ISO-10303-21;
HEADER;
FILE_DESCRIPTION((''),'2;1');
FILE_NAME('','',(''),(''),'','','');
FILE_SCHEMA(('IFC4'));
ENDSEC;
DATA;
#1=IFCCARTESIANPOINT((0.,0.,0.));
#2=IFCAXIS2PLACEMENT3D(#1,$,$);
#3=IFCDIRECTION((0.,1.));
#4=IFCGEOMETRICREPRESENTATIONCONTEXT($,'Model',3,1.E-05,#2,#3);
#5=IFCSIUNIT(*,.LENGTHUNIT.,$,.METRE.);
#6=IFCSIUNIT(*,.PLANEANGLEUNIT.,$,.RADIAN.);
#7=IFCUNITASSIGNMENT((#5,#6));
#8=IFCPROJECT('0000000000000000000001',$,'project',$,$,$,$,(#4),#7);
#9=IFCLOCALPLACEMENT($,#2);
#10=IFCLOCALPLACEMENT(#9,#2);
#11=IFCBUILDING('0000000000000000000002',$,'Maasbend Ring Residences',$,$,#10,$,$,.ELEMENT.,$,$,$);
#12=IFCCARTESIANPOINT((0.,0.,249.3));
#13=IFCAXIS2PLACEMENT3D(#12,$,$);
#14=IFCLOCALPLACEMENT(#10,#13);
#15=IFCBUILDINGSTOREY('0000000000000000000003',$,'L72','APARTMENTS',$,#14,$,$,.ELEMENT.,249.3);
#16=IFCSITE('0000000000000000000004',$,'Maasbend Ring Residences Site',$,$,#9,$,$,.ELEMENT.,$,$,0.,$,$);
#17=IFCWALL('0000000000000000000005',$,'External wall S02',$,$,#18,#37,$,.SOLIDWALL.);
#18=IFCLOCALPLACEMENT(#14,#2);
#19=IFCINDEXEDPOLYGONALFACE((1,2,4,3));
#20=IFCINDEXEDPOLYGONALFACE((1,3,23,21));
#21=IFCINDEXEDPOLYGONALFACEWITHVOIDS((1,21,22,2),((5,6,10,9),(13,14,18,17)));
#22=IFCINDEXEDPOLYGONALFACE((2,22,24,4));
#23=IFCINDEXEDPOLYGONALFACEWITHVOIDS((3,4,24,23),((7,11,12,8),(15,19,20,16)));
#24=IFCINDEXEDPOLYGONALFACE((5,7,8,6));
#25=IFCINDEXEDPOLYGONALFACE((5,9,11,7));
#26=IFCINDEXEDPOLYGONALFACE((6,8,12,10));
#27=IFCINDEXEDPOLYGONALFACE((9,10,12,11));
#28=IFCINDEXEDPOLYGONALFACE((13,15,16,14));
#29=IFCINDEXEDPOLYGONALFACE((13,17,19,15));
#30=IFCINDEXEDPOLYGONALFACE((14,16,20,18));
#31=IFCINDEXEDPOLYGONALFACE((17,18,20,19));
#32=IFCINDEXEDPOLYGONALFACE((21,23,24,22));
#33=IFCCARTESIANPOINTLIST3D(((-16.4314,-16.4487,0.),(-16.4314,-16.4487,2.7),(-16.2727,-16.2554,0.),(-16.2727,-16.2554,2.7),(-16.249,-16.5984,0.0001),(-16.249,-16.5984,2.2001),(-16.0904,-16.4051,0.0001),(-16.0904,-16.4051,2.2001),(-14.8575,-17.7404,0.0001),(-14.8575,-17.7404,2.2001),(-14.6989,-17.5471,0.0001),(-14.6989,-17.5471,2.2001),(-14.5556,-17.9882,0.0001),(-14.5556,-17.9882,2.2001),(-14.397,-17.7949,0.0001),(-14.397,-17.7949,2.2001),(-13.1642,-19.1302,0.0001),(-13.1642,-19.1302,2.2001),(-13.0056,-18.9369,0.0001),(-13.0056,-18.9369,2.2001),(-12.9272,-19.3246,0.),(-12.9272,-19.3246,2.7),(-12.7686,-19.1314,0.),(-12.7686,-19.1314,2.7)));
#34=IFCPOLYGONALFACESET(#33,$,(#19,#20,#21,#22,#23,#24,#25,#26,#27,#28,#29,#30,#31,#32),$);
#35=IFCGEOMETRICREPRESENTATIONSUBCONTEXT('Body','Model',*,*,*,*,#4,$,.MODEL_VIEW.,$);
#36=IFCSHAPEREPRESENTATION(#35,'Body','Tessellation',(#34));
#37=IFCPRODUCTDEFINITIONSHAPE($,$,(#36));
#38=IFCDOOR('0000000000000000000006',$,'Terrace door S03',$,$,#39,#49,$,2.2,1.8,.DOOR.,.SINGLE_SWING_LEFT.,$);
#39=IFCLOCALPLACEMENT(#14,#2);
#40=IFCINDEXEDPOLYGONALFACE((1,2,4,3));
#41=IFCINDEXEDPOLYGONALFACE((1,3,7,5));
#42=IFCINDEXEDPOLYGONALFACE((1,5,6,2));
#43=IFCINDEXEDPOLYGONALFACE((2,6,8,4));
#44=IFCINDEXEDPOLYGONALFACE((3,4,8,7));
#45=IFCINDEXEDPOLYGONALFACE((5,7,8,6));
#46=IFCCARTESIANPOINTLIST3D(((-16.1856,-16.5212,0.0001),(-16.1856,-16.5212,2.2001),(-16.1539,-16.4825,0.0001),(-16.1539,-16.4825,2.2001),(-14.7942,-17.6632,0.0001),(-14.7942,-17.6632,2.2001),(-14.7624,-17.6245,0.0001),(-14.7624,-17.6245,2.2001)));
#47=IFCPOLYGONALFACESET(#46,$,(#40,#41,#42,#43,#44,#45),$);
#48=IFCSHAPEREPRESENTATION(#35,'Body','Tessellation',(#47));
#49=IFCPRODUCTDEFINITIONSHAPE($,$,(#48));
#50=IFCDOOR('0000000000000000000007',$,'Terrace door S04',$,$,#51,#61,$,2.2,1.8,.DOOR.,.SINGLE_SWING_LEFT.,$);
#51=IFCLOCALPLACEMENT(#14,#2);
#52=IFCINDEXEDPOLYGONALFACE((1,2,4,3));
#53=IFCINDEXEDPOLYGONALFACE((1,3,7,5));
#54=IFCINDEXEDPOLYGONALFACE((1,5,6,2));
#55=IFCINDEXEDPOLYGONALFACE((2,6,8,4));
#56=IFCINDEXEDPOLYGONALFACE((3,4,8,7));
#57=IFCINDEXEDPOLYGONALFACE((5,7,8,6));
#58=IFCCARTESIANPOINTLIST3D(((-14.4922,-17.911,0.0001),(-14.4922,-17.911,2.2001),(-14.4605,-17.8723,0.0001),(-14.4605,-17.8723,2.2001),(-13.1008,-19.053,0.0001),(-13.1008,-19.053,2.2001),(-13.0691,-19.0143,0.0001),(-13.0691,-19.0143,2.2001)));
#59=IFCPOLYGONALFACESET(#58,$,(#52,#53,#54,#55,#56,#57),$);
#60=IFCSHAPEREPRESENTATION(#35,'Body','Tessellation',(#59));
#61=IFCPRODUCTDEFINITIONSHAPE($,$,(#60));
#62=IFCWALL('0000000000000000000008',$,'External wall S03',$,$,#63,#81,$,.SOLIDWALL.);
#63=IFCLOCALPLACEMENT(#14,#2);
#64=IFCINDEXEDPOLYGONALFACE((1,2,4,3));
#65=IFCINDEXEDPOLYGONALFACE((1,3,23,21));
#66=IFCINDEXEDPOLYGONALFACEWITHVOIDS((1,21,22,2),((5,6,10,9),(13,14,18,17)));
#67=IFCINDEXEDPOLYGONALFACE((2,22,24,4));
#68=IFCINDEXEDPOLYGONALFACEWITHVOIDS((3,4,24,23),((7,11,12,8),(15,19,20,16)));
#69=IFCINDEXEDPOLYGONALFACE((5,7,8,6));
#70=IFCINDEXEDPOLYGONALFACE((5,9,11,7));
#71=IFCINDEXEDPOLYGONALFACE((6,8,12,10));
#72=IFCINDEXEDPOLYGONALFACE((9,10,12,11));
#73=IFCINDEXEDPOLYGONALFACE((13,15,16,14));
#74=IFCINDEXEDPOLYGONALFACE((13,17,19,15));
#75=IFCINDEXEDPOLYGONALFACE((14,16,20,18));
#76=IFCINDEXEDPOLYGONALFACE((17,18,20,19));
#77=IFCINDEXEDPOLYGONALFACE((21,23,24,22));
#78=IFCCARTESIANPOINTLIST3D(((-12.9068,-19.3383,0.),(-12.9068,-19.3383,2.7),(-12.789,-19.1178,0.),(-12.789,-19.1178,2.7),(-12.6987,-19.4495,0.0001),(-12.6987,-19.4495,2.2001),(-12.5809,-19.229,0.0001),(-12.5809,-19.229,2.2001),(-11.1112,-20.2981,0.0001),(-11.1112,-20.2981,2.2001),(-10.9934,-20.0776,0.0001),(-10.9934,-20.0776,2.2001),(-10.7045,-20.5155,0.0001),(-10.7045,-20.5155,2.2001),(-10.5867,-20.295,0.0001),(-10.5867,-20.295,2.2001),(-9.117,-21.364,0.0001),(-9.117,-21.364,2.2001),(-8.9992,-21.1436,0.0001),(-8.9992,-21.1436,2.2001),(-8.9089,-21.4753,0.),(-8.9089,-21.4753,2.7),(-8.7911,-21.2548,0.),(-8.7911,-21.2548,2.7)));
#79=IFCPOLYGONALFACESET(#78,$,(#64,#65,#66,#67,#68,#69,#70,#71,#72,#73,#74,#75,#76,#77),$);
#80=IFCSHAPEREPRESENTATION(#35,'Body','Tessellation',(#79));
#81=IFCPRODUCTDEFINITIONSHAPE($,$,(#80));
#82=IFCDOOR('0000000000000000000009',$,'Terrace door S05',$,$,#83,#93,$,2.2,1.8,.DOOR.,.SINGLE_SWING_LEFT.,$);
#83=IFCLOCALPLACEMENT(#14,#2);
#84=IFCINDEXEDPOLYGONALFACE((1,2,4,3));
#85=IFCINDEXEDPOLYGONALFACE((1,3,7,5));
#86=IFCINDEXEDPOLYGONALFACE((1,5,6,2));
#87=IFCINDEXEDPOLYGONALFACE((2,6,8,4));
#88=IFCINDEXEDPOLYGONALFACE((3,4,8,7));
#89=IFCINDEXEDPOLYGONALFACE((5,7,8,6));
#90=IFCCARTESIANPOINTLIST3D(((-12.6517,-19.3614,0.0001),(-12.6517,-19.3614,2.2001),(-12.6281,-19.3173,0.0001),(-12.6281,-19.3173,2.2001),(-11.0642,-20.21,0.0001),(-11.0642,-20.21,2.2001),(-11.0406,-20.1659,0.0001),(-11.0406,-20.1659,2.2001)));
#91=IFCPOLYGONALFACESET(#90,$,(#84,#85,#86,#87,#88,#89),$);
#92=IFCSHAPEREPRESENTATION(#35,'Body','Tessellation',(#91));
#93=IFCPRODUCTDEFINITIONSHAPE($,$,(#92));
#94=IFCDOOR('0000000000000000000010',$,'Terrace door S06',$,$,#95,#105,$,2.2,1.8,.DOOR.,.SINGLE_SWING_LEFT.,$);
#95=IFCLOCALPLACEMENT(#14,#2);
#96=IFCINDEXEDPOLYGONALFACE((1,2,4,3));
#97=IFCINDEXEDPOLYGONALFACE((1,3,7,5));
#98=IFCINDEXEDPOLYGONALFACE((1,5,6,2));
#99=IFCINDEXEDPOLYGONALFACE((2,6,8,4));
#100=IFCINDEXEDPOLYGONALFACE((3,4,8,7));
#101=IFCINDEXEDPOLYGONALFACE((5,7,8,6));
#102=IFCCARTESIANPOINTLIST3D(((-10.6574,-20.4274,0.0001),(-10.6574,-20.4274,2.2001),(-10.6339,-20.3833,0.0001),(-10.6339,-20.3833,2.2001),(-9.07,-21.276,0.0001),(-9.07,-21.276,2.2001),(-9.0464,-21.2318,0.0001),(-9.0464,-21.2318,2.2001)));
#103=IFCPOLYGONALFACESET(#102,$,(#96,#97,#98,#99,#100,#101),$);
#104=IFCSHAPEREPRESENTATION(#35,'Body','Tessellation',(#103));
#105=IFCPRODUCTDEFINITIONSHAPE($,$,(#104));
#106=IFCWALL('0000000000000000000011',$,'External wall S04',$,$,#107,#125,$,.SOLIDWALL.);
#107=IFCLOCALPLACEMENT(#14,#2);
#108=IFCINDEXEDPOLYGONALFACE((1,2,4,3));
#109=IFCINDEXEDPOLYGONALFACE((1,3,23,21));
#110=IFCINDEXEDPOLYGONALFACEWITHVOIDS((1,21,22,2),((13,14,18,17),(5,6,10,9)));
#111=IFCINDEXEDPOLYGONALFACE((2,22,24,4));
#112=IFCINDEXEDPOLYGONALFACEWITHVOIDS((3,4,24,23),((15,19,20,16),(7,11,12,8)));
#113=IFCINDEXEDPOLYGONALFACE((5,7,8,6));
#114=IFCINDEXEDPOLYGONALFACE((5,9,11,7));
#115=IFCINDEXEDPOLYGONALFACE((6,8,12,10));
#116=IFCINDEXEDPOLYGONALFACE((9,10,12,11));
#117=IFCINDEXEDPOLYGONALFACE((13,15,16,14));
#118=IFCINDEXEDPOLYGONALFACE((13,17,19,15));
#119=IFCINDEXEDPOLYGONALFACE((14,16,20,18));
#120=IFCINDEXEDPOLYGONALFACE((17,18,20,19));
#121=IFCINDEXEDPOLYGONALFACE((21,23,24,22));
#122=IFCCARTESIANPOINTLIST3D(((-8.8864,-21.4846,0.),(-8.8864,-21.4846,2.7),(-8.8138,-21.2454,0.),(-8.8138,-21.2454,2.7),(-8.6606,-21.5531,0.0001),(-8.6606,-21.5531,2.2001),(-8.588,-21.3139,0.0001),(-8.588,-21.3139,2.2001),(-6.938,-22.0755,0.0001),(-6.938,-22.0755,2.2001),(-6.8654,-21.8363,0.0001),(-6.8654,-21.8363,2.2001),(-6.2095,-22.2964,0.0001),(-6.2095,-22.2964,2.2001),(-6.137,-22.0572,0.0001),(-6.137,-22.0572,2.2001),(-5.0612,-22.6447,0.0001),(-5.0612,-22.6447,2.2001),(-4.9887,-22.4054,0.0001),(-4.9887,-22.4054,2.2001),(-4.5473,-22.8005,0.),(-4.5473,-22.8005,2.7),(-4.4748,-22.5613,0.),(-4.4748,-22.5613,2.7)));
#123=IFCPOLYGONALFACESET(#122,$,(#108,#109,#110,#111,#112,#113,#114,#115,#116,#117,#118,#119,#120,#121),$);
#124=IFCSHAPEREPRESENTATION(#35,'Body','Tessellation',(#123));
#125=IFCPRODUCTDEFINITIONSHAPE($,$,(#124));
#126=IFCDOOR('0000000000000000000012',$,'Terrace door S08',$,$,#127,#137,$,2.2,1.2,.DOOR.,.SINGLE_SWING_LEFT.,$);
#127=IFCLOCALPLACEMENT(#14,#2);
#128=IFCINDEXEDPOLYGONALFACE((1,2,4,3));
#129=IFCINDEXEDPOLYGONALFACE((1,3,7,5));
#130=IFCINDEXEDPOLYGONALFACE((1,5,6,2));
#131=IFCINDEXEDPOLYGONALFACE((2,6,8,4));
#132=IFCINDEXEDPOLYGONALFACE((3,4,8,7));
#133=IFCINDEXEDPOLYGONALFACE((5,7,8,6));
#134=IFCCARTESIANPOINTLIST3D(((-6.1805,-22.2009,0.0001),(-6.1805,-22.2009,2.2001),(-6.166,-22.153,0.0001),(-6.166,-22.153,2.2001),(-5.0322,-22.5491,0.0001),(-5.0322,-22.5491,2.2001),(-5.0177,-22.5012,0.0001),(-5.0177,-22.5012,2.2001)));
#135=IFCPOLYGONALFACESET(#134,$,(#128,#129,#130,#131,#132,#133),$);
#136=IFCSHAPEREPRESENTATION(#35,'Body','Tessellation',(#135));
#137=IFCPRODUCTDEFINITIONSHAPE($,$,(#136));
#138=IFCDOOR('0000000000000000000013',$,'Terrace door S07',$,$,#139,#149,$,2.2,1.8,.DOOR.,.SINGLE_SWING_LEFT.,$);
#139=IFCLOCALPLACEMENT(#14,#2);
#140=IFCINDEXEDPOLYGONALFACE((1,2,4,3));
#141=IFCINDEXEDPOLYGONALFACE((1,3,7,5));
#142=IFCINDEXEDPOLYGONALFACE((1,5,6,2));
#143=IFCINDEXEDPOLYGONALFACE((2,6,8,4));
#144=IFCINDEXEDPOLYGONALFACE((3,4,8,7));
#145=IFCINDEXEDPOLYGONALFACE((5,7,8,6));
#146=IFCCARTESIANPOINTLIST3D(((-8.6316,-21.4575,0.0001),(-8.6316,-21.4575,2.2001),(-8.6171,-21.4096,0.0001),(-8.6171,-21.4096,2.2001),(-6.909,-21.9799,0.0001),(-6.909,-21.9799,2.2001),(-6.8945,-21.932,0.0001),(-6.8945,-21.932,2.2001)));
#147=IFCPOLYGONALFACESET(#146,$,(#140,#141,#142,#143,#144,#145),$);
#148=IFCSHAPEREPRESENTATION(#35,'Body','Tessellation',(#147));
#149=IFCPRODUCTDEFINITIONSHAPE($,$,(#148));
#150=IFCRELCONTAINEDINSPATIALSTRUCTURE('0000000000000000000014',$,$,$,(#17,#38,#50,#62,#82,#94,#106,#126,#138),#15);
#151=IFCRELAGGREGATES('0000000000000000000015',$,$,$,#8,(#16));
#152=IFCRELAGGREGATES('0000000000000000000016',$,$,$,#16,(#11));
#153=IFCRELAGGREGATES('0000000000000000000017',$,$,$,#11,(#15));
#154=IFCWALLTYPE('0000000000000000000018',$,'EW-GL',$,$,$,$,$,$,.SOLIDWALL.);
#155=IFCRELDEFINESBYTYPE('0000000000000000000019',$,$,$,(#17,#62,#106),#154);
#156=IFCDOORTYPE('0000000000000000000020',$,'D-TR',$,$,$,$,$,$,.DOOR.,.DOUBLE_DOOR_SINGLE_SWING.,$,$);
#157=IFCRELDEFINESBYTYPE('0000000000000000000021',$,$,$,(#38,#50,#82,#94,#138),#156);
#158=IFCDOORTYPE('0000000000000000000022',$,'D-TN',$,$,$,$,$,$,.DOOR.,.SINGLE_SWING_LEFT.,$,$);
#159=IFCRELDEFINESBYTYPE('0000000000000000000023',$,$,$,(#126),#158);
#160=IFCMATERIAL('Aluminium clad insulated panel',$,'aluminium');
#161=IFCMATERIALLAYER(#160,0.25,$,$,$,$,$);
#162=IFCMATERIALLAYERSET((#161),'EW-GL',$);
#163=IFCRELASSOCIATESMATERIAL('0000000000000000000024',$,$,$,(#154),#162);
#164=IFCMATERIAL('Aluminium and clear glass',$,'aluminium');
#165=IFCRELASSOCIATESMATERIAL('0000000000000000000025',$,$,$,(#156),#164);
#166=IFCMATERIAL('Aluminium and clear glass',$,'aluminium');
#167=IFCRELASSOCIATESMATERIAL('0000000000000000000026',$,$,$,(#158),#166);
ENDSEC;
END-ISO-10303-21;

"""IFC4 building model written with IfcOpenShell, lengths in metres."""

from ifc_helpers import new_model, si_unit, direction, frame, frame_2d, origin, place, context, subcontext, project, spatial, rectangle, extrude, material, layer, layer_set, type_object, element, fill, save


model = new_model("IFC4")

# Units and contexts
model_context = context("Model", 3, precision=1e-05, world=origin(), true_north=direction((0.0, 1.0)))
body_context = subcontext(model_context, "Body", "Model", "MODEL_VIEW")
ifc_project = project(units=[si_unit("LENGTHUNIT", "METRE"), si_unit("PLANEANGLEUNIT", "RADIAN")], contexts=[model_context])

# Site, building, storey
site_placement = place(None, origin())
site = spatial("IfcSite", under=ifc_project, at=site_placement, Name="Maasbend Ring Residences Site", CompositionType="ELEMENT", RefElevation=0.0)
building_placement = place(site_placement, origin())
building = spatial("IfcBuilding", under=site, at=building_placement, Name="Maasbend Ring Residences", CompositionType="ELEMENT")
storey_placement = place(building_placement, frame((0.0, 0.0, 249.3)))
storey = spatial("IfcBuildingStorey", under=building, at=storey_placement, Name="L72", Description="APARTMENTS", CompositionType="ELEMENT", Elevation=249.3)

# Walls, openings, doors
ifc_material_1 = material(Name="Aluminium clad insulated panel", Category="aluminium")
ifc_layer_1 = layer(ifc_material_1, 0.25)
ifc_layer_set_1 = layer_set([ifc_layer_1], Name="EW-GL")
wall_type_1 = type_object("IfcWallType", Name="EW-GL", PredefinedType="SOLIDWALL", material=ifc_layer_set_1)
ifc_material_2 = material(Name="Aluminium and clear glass", Category="aluminium")
door_type_1 = type_object("IfcDoorType", Name="D-TR", OperationType="DOUBLE_DOOR_SINGLE_SWING", PredefinedType="DOOR", material=ifc_material_2)
wall_1_placement = place(storey_placement, frame((-16.3521, -16.3521, 0.0), z_axis=(0.0, 0.0, 1.0), x_axis=(0.772989, -0.634419, 0.0)))
wall_1 = element("IfcWall", 1, at=wall_1_placement, inside=storey, type_object=wall_type_1, Name="External wall S02", PredefinedType="SOLIDWALL", context=body_context, shape_type="SweptSolid", body=[
    extrude(rectangle(XDim=4.5332, YDim=0.25, at=frame_2d((2.2666, 0.0))), origin(), (0.0, 0.0, 1.0), 2.7),
])
opening_1_placement = place(wall_1_placement, frame((0.2361, 0.0, 0.0)))
opening_1 = element("IfcOpeningElement", 2, at=opening_1_placement, cuts=wall_1, PredefinedType="OPENING", context=body_context, shape_type="SweptSolid", body=[
    extrude(rectangle(XDim=1.8, YDim=2.2, at=frame_2d((0.8999, 1.1001))), frame((0.0, 0.135, 0.0), z_axis=(0.0, -1.0, 0.0), x_axis=(1.0, 0.0, 0.0)), (0.0, 0.0, 1.0), 0.27),
])
opening_2_placement = place(wall_1_placement, frame((2.4268, 0.0, 0.0)))
opening_2 = element("IfcOpeningElement", 3, at=opening_2_placement, cuts=wall_1, PredefinedType="OPENING", context=body_context, shape_type="SweptSolid", body=[
    extrude(rectangle(XDim=1.8, YDim=2.2, at=frame_2d((0.8999, 1.1001))), frame((0.0, 0.135, 0.0), z_axis=(0.0, -1.0, 0.0), x_axis=(1.0, 0.0, 0.0)), (0.0, 0.0, 1.0), 0.27),
])
door_1_placement = place(opening_1_placement, origin())
door_1 = element("IfcDoor", 4, at=door_1_placement, inside=storey, type_object=door_type_1, Name="Terrace door S03", OperationType="SINGLE_SWING_LEFT", OverallHeight=2.2, OverallWidth=1.8, PredefinedType="DOOR", context=body_context, shape_type="SweptSolid", body=[
    extrude(rectangle(XDim=1.8, YDim=2.2, at=frame_2d((0.8999, 1.1001))), frame((0.0, 0.0249, 0.0), z_axis=(0.0, -1.0, 0.0), x_axis=(1.0, 0.0, 0.0)), (0.0, 0.0, 1.0), 0.05),
])
fill(opening_1, door_1)
door_2_placement = place(opening_2_placement, origin())
door_2 = element("IfcDoor", 5, at=door_2_placement, inside=storey, type_object=door_type_1, Name="Terrace door S04", OperationType="SINGLE_SWING_LEFT", OverallHeight=2.2, OverallWidth=1.8, PredefinedType="DOOR", context=body_context, shape_type="SweptSolid", body=[
    extrude(rectangle(XDim=1.8, YDim=2.2, at=frame_2d((0.8999, 1.1001))), frame((0.0, 0.0249, 0.0), z_axis=(0.0, -1.0, 0.0), x_axis=(1.0, 0.0, 0.0)), (0.0, 0.0, 1.0), 0.05),
])
fill(opening_2, door_2)
wall_2_placement = place(storey_placement, frame((-12.8479, -19.228, 0.0), z_axis=(0.0, 0.0, 1.0), x_axis=(0.881913, -0.471413, 0.0)))
wall_2 = element("IfcWall", 6, at=wall_2_placement, inside=storey, type_object=wall_type_1, Name="External wall S03", PredefinedType="SOLIDWALL", context=body_context, shape_type="SweptSolid", body=[
    extrude(rectangle(XDim=4.5332, YDim=0.25, at=frame_2d((2.2666, 0.0))), origin(), (0.0, 0.0, 1.0), 2.7),
])
opening_3_placement = place(wall_2_placement, frame((0.2361, 0.0, 0.0)))
opening_3 = element("IfcOpeningElement", 7, at=opening_3_placement, cuts=wall_2, PredefinedType="OPENING", context=body_context, shape_type="SweptSolid", body=[
    extrude(rectangle(XDim=1.8, YDim=2.2, at=frame_2d((0.8999, 1.1001))), frame((0.0, 0.135, 0.0), z_axis=(0.0, -1.0, 0.0), x_axis=(1.0, 0.0, 0.0)), (0.0, 0.0, 1.0), 0.27),
])
opening_4_placement = place(wall_2_placement, frame((2.4973, 0.0, 0.0)))
opening_4 = element("IfcOpeningElement", 8, at=opening_4_placement, cuts=wall_2, PredefinedType="OPENING", context=body_context, shape_type="SweptSolid", body=[
    extrude(rectangle(XDim=1.8, YDim=2.2, at=frame_2d((0.8999, 1.1001))), frame((0.0, 0.135, 0.0), z_axis=(0.0, -1.0, 0.0), x_axis=(1.0, 0.0, 0.0)), (0.0, 0.0, 1.0), 0.27),
])
door_3_placement = place(opening_3_placement, origin())
door_3 = element("IfcDoor", 9, at=door_3_placement, inside=storey, type_object=door_type_1, Name="Terrace door S05", OperationType="SINGLE_SWING_LEFT", OverallHeight=2.2, OverallWidth=1.8, PredefinedType="DOOR", context=body_context, shape_type="SweptSolid", body=[
    extrude(rectangle(XDim=1.8, YDim=2.2, at=frame_2d((0.8999, 1.1001))), frame((0.0, 0.0249, 0.0), z_axis=(0.0, -1.0, 0.0), x_axis=(1.0, 0.0, 0.0)), (0.0, 0.0, 1.0), 0.05),
])
fill(opening_3, door_3)
door_4_placement = place(opening_4_placement, origin())
door_4 = element("IfcDoor", 10, at=door_4_placement, inside=storey, type_object=door_type_1, Name="Terrace door S06", OperationType="SINGLE_SWING_LEFT", OverallHeight=2.2, OverallWidth=1.8, PredefinedType="DOOR", context=body_context, shape_type="SweptSolid", body=[
    extrude(rectangle(XDim=1.8, YDim=2.2, at=frame_2d((0.8999, 1.1001))), frame((0.0, 0.0249, 0.0), z_axis=(0.0, -1.0, 0.0), x_axis=(1.0, 0.0, 0.0)), (0.0, 0.0, 1.0), 0.05),
])
fill(opening_4, door_4)
wall_3_placement = place(storey_placement, frame((-8.8501, -21.365, 0.0), z_axis=(0.0, 0.0, 1.0), x_axis=(0.956961, -0.290217, 0.0)))
wall_3 = element("IfcWall", 11, at=wall_3_placement, inside=storey, type_object=wall_type_1, Name="External wall S04", PredefinedType="SOLIDWALL", context=body_context, shape_type="SweptSolid", body=[
    extrude(rectangle(XDim=4.5342, YDim=0.25, at=frame_2d((2.2671, 0.0))), origin(), (0.0, 0.0, 1.0), 2.7),
])
opening_5_placement = place(wall_3_placement, frame((0.2361, 0.0, 0.0)))
opening_5 = element("IfcOpeningElement", 12, at=opening_5_placement, cuts=wall_3, PredefinedType="OPENING", context=body_context, shape_type="SweptSolid", body=[
    extrude(rectangle(XDim=1.8, YDim=2.2, at=frame_2d((0.8999, 1.1001))), frame((0.0, 0.135, 0.0), z_axis=(0.0, -1.0, 0.0), x_axis=(1.0, 0.0, 0.0)), (0.0, 0.0, 1.0), 0.27),
])
opening_6_placement = place(wall_3_placement, frame((2.7971, 0.0, 0.0)))
opening_6 = element("IfcOpeningElement", 13, at=opening_6_placement, cuts=wall_3, PredefinedType="OPENING", context=body_context, shape_type="SweptSolid", body=[
    extrude(rectangle(XDim=1.2, YDim=2.2, at=frame_2d((0.6001, 1.1001))), frame((0.0, 0.135, 0.0), z_axis=(0.0, -1.0, 0.0), x_axis=(1.0, 0.0, 0.0)), (0.0, 0.0, 1.0), 0.27),
])
ifc_material_3 = material(Name="Aluminium and clear glass", Category="aluminium")
door_type_2 = type_object("IfcDoorType", Name="D-TN", OperationType="SINGLE_SWING_LEFT", PredefinedType="DOOR", material=ifc_material_3)
door_5_placement = place(opening_6_placement, origin())
door_5 = element("IfcDoor", 14, at=door_5_placement, inside=storey, type_object=door_type_2, Name="Terrace door S08", OperationType="SINGLE_SWING_LEFT", OverallHeight=2.2, OverallWidth=1.2, PredefinedType="DOOR", context=body_context, shape_type="SweptSolid", body=[
    extrude(rectangle(XDim=1.2, YDim=2.2, at=frame_2d((0.6001, 1.1001))), frame((0.0, 0.0249, 0.0), z_axis=(0.0, -1.0, 0.0), x_axis=(1.0, 0.0, 0.0)), (0.0, 0.0, 1.0), 0.05),
])
fill(opening_6, door_5)
door_6_placement = place(opening_5_placement, origin())
door_6 = element("IfcDoor", 15, at=door_6_placement, inside=storey, type_object=door_type_1, Name="Terrace door S07", OperationType="SINGLE_SWING_LEFT", OverallHeight=2.2, OverallWidth=1.8, PredefinedType="DOOR", context=body_context, shape_type="SweptSolid", body=[
    extrude(rectangle(XDim=1.8, YDim=2.2, at=frame_2d((0.8999, 1.1001))), frame((0.0, 0.0249, 0.0), z_axis=(0.0, -1.0, 0.0), x_axis=(1.0, 0.0, 0.0)), (0.0, 0.0, 1.0), 0.05),
])
fill(opening_5, door_6)

save(model, "model.ifc")
